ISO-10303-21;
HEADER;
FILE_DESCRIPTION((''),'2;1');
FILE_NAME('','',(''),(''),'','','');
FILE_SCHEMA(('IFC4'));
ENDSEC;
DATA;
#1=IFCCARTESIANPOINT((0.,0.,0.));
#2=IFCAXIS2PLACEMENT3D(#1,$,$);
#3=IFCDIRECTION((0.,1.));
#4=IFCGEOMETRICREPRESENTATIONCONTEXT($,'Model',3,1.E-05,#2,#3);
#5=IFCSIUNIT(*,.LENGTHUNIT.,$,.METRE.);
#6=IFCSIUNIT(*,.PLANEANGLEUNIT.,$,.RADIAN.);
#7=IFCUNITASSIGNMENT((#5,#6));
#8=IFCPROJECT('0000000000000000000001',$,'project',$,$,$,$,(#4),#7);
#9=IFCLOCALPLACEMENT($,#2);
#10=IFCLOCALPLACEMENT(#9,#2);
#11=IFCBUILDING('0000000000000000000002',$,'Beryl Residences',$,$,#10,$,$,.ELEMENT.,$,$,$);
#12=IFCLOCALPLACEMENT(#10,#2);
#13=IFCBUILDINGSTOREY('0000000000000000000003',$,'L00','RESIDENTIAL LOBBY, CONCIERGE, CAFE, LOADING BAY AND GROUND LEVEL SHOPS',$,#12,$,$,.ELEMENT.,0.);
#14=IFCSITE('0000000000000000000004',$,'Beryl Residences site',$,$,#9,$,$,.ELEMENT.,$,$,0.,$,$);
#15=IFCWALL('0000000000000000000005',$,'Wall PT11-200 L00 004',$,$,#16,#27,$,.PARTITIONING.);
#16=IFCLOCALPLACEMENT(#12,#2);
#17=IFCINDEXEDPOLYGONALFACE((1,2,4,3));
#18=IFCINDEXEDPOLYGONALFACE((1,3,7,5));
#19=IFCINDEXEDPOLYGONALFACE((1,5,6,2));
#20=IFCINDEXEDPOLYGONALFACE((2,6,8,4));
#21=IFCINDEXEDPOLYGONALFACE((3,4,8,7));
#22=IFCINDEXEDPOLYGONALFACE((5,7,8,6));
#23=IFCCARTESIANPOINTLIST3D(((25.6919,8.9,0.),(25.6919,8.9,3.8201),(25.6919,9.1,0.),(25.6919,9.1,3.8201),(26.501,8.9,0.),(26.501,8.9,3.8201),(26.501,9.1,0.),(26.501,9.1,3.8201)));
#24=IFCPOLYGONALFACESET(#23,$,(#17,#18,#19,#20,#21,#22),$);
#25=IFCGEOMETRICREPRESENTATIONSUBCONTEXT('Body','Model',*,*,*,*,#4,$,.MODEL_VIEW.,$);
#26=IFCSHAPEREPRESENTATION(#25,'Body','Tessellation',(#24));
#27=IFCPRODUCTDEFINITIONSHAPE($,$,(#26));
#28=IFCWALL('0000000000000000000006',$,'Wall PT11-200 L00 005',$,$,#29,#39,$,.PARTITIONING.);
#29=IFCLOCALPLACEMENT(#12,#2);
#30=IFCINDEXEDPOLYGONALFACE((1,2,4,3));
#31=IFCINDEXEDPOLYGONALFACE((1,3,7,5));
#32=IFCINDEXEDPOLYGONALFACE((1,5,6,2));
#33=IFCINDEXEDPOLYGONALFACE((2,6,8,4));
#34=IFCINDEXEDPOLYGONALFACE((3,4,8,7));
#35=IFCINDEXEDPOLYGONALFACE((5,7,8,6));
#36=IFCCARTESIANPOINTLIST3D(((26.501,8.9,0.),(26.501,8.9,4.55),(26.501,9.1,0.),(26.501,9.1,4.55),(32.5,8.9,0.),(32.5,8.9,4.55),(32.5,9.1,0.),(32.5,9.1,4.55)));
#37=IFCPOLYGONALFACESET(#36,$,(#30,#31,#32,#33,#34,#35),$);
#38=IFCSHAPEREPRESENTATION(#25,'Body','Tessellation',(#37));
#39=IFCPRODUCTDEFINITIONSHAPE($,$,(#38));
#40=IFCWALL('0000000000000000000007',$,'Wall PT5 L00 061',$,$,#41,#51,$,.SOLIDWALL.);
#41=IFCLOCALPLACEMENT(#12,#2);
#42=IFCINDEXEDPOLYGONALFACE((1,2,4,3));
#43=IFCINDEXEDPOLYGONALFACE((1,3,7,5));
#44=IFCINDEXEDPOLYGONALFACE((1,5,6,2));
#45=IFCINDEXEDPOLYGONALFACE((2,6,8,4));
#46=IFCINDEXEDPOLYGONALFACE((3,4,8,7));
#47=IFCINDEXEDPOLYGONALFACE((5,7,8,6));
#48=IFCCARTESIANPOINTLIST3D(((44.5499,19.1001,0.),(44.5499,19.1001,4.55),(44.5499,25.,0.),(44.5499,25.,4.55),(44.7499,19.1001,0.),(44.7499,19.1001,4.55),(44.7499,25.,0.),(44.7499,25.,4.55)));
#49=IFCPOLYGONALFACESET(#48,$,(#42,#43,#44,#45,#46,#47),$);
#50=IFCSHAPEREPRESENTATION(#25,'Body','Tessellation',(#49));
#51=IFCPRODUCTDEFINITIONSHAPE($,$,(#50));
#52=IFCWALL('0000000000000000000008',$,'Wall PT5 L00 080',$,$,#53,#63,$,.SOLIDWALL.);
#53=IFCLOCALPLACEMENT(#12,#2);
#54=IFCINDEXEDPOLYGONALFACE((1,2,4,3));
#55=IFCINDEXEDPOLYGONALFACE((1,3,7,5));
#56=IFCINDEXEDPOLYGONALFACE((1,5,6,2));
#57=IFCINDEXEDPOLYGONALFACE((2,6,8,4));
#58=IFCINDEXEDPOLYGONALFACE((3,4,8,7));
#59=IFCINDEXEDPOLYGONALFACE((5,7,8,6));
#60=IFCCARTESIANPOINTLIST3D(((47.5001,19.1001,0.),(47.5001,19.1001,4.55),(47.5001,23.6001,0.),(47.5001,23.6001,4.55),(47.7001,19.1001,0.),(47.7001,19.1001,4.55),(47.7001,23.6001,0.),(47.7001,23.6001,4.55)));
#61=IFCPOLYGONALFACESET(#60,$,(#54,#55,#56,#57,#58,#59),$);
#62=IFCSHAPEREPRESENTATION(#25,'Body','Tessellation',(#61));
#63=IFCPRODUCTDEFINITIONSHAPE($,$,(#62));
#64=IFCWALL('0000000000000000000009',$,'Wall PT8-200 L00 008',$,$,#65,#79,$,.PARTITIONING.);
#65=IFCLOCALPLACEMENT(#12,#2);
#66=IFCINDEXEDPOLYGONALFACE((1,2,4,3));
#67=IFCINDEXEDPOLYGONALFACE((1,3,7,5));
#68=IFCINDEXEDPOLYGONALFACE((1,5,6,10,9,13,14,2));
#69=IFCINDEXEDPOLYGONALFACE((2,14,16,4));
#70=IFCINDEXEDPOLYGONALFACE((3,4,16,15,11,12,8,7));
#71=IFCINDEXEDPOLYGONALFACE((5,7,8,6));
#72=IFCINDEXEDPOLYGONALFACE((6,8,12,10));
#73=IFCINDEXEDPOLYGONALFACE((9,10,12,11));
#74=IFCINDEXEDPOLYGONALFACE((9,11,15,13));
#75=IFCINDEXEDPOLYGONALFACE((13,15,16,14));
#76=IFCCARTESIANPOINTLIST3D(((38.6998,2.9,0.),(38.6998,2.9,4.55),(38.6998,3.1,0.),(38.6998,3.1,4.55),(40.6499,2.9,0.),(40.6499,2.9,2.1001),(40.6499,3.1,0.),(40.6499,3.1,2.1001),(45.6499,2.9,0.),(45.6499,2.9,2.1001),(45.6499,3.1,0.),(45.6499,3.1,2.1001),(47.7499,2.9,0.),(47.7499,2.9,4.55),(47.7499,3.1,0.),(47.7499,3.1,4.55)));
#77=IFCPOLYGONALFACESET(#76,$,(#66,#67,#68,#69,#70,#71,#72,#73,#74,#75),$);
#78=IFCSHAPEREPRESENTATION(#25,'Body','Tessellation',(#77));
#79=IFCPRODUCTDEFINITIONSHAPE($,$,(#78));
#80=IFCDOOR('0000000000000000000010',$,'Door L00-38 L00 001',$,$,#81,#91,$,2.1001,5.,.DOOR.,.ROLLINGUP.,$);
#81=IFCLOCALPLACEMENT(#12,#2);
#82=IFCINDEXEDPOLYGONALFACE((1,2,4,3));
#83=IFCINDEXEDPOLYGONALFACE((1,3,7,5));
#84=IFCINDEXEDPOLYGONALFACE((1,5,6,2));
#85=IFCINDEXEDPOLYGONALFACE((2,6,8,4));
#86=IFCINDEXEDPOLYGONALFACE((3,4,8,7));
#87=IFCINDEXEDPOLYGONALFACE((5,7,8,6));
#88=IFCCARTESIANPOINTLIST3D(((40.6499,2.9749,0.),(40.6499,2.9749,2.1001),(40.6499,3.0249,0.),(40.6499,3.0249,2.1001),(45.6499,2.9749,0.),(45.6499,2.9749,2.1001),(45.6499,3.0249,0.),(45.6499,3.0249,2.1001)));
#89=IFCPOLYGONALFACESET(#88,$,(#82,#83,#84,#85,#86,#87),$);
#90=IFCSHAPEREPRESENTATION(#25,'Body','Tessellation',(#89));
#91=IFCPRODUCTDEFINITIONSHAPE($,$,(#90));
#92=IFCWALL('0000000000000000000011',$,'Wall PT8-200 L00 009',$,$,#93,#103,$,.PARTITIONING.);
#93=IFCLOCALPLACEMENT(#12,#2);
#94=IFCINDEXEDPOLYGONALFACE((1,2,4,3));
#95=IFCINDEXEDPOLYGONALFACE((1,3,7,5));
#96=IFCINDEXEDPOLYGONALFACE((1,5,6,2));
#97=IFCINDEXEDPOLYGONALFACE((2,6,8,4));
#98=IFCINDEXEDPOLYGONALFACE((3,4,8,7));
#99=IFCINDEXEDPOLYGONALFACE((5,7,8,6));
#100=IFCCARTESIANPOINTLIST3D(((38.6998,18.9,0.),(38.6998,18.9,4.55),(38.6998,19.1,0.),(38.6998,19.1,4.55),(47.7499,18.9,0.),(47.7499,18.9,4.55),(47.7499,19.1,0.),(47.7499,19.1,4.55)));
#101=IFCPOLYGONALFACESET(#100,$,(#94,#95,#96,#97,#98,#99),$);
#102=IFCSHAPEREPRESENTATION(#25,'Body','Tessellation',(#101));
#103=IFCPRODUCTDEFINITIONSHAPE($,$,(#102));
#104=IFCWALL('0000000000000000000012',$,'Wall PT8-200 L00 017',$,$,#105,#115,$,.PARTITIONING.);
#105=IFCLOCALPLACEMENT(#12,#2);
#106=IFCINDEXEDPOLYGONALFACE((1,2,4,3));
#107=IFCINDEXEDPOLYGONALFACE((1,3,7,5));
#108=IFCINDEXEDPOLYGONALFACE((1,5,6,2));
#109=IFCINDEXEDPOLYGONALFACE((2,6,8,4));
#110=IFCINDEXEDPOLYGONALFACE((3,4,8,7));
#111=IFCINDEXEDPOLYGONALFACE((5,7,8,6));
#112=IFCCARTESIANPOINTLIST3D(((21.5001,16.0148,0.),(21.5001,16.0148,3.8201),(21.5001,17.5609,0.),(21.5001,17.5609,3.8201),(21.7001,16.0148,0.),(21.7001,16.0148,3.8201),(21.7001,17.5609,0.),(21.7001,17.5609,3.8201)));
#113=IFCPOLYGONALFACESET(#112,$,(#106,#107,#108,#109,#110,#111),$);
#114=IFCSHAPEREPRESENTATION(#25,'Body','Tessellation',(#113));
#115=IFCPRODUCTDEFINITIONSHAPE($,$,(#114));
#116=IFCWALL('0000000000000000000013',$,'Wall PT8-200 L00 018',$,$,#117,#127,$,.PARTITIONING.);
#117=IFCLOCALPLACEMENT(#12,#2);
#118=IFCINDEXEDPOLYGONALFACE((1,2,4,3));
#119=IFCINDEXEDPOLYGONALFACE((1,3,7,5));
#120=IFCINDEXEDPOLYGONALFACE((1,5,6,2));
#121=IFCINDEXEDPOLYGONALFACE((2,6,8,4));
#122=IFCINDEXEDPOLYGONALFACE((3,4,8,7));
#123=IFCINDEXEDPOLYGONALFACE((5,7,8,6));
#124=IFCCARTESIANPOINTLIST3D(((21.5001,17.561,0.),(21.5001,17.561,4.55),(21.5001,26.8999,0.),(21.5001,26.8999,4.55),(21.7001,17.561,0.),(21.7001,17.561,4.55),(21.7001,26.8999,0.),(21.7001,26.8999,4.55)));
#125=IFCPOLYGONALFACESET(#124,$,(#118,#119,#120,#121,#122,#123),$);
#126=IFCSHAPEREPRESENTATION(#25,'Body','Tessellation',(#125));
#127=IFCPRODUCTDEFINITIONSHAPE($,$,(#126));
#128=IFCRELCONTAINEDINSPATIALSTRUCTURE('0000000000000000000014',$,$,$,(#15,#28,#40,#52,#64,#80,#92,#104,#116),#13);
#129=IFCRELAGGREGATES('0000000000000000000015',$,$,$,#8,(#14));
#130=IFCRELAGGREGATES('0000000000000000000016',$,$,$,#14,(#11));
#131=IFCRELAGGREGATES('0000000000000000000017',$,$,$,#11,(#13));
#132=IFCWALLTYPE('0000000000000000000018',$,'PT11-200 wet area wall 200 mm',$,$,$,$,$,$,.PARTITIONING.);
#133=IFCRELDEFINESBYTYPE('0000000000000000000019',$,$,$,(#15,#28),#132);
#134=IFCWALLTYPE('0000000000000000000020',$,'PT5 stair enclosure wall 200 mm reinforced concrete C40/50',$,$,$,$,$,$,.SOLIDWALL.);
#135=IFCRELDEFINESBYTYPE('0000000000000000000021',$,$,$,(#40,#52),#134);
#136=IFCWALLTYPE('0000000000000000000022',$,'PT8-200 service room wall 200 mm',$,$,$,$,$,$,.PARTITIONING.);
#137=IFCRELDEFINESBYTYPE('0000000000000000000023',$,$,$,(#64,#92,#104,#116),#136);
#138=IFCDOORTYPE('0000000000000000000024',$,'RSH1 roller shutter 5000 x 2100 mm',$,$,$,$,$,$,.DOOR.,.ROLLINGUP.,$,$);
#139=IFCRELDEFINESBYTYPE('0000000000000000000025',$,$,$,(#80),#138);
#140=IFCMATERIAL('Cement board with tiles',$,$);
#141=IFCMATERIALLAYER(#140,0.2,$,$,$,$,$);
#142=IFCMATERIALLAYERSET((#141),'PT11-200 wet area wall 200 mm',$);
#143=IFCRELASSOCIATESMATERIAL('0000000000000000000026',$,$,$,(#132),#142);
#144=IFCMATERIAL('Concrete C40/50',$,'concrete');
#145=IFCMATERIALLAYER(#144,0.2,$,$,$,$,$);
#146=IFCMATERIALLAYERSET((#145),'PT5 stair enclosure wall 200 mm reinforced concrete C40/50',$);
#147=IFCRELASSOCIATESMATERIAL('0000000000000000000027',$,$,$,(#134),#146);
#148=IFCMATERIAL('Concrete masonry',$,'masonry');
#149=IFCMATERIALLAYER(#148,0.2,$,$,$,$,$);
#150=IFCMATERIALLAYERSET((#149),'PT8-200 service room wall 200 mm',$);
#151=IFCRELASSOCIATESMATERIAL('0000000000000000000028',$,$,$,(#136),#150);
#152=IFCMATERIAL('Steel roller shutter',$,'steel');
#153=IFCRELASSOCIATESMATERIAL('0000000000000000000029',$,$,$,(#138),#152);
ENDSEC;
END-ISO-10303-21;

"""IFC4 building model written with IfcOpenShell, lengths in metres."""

from ifc_helpers import new_model, si_unit, direction, frame, frame_2d, origin, place, context, subcontext, project, spatial, rectangle, extrude, material, layer, layer_set, type_object, element, fill, save


model = new_model("IFC4")

# Units and contexts
model_context = context("Model", 3, precision=1e-05, world=origin(), true_north=direction((0.0, 1.0)))
body_context = subcontext(model_context, "Body", "Model", "MODEL_VIEW")
ifc_project = project(units=[si_unit("LENGTHUNIT", "METRE"), si_unit("PLANEANGLEUNIT", "RADIAN")], contexts=[model_context])

# Site, building, storey
site_placement = place(None, origin())
site = spatial("IfcSite", under=ifc_project, at=site_placement, Name="Beryl Residences site", CompositionType="ELEMENT", RefElevation=0.0)
building_placement = place(site_placement, origin())
building = spatial("IfcBuilding", under=site, at=building_placement, Name="Beryl Residences", CompositionType="ELEMENT")
storey_placement = place(building_placement, origin())
storey = spatial("IfcBuildingStorey", under=building, at=storey_placement, Name="L00", Description="RESIDENTIAL LOBBY, CONCIERGE, CAFE, LOADING BAY AND GROUND LEVEL SHOPS", CompositionType="ELEMENT", Elevation=0.0)

# Walls
ifc_material_1 = material(Name="Cement board with tiles")
ifc_layer_1 = layer(ifc_material_1, 0.2)
ifc_layer_set_1 = layer_set([ifc_layer_1], Name="PT11-200 wet area wall 200 mm")
wall_type_1 = type_object("IfcWallType", Name="PT11-200 wet area wall 200 mm", PredefinedType="PARTITIONING", material=ifc_layer_set_1)
wall_1_placement = place(storey_placement, frame((25.6919, 9.0, 0.0), z_axis=(0.0, 0.0, 1.0), x_axis=(1.0, 0.0, 0.0)))
element("IfcWall", 1, at=wall_1_placement, inside=storey, type_object=wall_type_1, Name="Wall PT11-200 L00 004", PredefinedType="PARTITIONING", context=body_context, shape_type="SweptSolid", body=[
    extrude(rectangle(XDim=0.8091, YDim=0.2, at=frame_2d((0.4045, 0.0))), origin(), (0.0, 0.0, 1.0), 3.8201),
])
wall_2_placement = place(storey_placement, frame((26.501, 9.0, 0.0), z_axis=(0.0, 0.0, 1.0), x_axis=(1.0, 0.0, 0.0)))
element("IfcWall", 2, at=wall_2_placement, inside=storey, type_object=wall_type_1, Name="Wall PT11-200 L00 005", PredefinedType="PARTITIONING", context=body_context, shape_type="SweptSolid", body=[
    extrude(rectangle(XDim=5.999, YDim=0.2, at=frame_2d((2.9995, 0.0))), origin(), (0.0, 0.0, 1.0), 4.55),
])
ifc_material_2 = material(Name="Concrete C40/50", Category="concrete")
ifc_layer_2 = layer(ifc_material_2, 0.2)
ifc_layer_set_2 = layer_set([ifc_layer_2], Name="PT5 stair enclosure wall 200 mm reinforced concrete C40/50")
wall_type_2 = type_object("IfcWallType", Name="PT5 stair enclosure wall 200 mm reinforced concrete C40/50", PredefinedType="SOLIDWALL", material=ifc_layer_set_2)
wall_3_placement = place(storey_placement, frame((44.6499, 19.1001, 0.0), z_axis=(0.0, 0.0, 1.0), x_axis=(0.0, 1.0, 0.0)))
element("IfcWall", 3, at=wall_3_placement, inside=storey, type_object=wall_type_2, Name="Wall PT5 L00 061", PredefinedType="SOLIDWALL", context=body_context, shape_type="SweptSolid", body=[
    extrude(rectangle(XDim=5.8999, YDim=0.2, at=frame_2d((2.95, 0.0))), origin(), (0.0, 0.0, 1.0), 4.55),
])
wall_4_placement = place(storey_placement, frame((47.6001, 19.1001, 0.0), z_axis=(0.0, 0.0, 1.0), x_axis=(0.0, 1.0, 0.0)))
element("IfcWall", 4, at=wall_4_placement, inside=storey, type_object=wall_type_2, Name="Wall PT5 L00 080", PredefinedType="SOLIDWALL", context=body_context, shape_type="SweptSolid", body=[
    extrude(rectangle(XDim=4.5, YDim=0.2, at=frame_2d((2.25, 0.0))), origin(), (0.0, 0.0, 1.0), 4.55),
])

# Wall, opening, door
ifc_material_3 = material(Name="Concrete masonry", Category="masonry")
ifc_layer_3 = layer(ifc_material_3, 0.2)
ifc_layer_set_3 = layer_set([ifc_layer_3], Name="PT8-200 service room wall 200 mm")
wall_type_3 = type_object("IfcWallType", Name="PT8-200 service room wall 200 mm", PredefinedType="PARTITIONING", material=ifc_layer_set_3)
wall_5_placement = place(storey_placement, frame((38.7, 3.0, 0.0), z_axis=(0.0, 0.0, 1.0), x_axis=(1.0, 0.0, 0.0)))
wall_5 = element("IfcWall", 5, at=wall_5_placement, inside=storey, type_object=wall_type_3, Name="Wall PT8-200 L00 008", PredefinedType="PARTITIONING", context=body_context, shape_type="SweptSolid", body=[
    extrude(rectangle(XDim=9.05, YDim=0.2, at=frame_2d((4.5249, 0.0))), origin(), (0.0, 0.0, 1.0), 4.55),
])
opening_1_placement = place(wall_5_placement, frame((1.95, 0.0, 0.0)))
opening_1 = element("IfcOpeningElement", 6, at=opening_1_placement, cuts=wall_5, PredefinedType="OPENING", context=body_context, shape_type="SweptSolid", body=[
    extrude(rectangle(XDim=5.0, YDim=2.1001, at=frame_2d((2.5, 1.05))), frame((0.0, 0.1099, 0.0), z_axis=(0.0, -1.0, 0.0), x_axis=(1.0, 0.0, 0.0)), (0.0, 0.0, 1.0), 0.22),
])
ifc_material_4 = material(Name="Steel roller shutter", Category="steel")
door_type_1 = type_object("IfcDoorType", Name="RSH1 roller shutter 5000 x 2100 mm", OperationType="ROLLINGUP", PredefinedType="DOOR", material=ifc_material_4)
door_1_placement = place(opening_1_placement, origin())
door_1 = element("IfcDoor", 7, at=door_1_placement, inside=storey, type_object=door_type_1, Name="Door L00-38 L00 001", OperationType="ROLLINGUP", OverallHeight=2.1001, OverallWidth=5.0, PredefinedType="DOOR", context=body_context, shape_type="SweptSolid", body=[
    extrude(rectangle(XDim=5.0, YDim=2.1001, at=frame_2d((2.5, 1.05))), frame((0.0, 0.0249, 0.0), z_axis=(0.0, -1.0, 0.0), x_axis=(1.0, 0.0, 0.0)), (0.0, 0.0, 1.0), 0.05),
])
fill(opening_1, door_1)

# Walls
wall_6_placement = place(storey_placement, frame((38.7, 19.0, 0.0), z_axis=(0.0, 0.0, 1.0), x_axis=(1.0, 0.0, 0.0)))
element("IfcWall", 8, at=wall_6_placement, inside=storey, type_object=wall_type_3, Name="Wall PT8-200 L00 009", PredefinedType="PARTITIONING", context=body_context, shape_type="SweptSolid", body=[
    extrude(rectangle(XDim=9.05, YDim=0.2, at=frame_2d((4.5249, 0.0))), origin(), (0.0, 0.0, 1.0), 4.55),
])
wall_7_placement = place(storey_placement, frame((21.6001, 16.0149, 0.0), z_axis=(0.0, 0.0, 1.0), x_axis=(0.0, 1.0, 0.0)))
element("IfcWall", 9, at=wall_7_placement, inside=storey, type_object=wall_type_3, Name="Wall PT8-200 L00 017", PredefinedType="PARTITIONING", context=body_context, shape_type="SweptSolid", body=[
    extrude(rectangle(XDim=1.5461, YDim=0.2, at=frame_2d((0.7729, 0.0))), origin(), (0.0, 0.0, 1.0), 3.8201),
])
wall_8_placement = place(storey_placement, frame((21.6001, 17.561, 0.0), z_axis=(0.0, 0.0, 1.0), x_axis=(0.0, 1.0, 0.0)))
element("IfcWall", 10, at=wall_8_placement, inside=storey, type_object=wall_type_3, Name="Wall PT8-200 L00 018", PredefinedType="PARTITIONING", context=body_context, shape_type="SweptSolid", body=[
    extrude(rectangle(XDim=9.3389, YDim=0.2, at=frame_2d((4.6694, 0.0))), origin(), (0.0, 0.0, 1.0), 4.55),
])

save(model, "model.ifc")
